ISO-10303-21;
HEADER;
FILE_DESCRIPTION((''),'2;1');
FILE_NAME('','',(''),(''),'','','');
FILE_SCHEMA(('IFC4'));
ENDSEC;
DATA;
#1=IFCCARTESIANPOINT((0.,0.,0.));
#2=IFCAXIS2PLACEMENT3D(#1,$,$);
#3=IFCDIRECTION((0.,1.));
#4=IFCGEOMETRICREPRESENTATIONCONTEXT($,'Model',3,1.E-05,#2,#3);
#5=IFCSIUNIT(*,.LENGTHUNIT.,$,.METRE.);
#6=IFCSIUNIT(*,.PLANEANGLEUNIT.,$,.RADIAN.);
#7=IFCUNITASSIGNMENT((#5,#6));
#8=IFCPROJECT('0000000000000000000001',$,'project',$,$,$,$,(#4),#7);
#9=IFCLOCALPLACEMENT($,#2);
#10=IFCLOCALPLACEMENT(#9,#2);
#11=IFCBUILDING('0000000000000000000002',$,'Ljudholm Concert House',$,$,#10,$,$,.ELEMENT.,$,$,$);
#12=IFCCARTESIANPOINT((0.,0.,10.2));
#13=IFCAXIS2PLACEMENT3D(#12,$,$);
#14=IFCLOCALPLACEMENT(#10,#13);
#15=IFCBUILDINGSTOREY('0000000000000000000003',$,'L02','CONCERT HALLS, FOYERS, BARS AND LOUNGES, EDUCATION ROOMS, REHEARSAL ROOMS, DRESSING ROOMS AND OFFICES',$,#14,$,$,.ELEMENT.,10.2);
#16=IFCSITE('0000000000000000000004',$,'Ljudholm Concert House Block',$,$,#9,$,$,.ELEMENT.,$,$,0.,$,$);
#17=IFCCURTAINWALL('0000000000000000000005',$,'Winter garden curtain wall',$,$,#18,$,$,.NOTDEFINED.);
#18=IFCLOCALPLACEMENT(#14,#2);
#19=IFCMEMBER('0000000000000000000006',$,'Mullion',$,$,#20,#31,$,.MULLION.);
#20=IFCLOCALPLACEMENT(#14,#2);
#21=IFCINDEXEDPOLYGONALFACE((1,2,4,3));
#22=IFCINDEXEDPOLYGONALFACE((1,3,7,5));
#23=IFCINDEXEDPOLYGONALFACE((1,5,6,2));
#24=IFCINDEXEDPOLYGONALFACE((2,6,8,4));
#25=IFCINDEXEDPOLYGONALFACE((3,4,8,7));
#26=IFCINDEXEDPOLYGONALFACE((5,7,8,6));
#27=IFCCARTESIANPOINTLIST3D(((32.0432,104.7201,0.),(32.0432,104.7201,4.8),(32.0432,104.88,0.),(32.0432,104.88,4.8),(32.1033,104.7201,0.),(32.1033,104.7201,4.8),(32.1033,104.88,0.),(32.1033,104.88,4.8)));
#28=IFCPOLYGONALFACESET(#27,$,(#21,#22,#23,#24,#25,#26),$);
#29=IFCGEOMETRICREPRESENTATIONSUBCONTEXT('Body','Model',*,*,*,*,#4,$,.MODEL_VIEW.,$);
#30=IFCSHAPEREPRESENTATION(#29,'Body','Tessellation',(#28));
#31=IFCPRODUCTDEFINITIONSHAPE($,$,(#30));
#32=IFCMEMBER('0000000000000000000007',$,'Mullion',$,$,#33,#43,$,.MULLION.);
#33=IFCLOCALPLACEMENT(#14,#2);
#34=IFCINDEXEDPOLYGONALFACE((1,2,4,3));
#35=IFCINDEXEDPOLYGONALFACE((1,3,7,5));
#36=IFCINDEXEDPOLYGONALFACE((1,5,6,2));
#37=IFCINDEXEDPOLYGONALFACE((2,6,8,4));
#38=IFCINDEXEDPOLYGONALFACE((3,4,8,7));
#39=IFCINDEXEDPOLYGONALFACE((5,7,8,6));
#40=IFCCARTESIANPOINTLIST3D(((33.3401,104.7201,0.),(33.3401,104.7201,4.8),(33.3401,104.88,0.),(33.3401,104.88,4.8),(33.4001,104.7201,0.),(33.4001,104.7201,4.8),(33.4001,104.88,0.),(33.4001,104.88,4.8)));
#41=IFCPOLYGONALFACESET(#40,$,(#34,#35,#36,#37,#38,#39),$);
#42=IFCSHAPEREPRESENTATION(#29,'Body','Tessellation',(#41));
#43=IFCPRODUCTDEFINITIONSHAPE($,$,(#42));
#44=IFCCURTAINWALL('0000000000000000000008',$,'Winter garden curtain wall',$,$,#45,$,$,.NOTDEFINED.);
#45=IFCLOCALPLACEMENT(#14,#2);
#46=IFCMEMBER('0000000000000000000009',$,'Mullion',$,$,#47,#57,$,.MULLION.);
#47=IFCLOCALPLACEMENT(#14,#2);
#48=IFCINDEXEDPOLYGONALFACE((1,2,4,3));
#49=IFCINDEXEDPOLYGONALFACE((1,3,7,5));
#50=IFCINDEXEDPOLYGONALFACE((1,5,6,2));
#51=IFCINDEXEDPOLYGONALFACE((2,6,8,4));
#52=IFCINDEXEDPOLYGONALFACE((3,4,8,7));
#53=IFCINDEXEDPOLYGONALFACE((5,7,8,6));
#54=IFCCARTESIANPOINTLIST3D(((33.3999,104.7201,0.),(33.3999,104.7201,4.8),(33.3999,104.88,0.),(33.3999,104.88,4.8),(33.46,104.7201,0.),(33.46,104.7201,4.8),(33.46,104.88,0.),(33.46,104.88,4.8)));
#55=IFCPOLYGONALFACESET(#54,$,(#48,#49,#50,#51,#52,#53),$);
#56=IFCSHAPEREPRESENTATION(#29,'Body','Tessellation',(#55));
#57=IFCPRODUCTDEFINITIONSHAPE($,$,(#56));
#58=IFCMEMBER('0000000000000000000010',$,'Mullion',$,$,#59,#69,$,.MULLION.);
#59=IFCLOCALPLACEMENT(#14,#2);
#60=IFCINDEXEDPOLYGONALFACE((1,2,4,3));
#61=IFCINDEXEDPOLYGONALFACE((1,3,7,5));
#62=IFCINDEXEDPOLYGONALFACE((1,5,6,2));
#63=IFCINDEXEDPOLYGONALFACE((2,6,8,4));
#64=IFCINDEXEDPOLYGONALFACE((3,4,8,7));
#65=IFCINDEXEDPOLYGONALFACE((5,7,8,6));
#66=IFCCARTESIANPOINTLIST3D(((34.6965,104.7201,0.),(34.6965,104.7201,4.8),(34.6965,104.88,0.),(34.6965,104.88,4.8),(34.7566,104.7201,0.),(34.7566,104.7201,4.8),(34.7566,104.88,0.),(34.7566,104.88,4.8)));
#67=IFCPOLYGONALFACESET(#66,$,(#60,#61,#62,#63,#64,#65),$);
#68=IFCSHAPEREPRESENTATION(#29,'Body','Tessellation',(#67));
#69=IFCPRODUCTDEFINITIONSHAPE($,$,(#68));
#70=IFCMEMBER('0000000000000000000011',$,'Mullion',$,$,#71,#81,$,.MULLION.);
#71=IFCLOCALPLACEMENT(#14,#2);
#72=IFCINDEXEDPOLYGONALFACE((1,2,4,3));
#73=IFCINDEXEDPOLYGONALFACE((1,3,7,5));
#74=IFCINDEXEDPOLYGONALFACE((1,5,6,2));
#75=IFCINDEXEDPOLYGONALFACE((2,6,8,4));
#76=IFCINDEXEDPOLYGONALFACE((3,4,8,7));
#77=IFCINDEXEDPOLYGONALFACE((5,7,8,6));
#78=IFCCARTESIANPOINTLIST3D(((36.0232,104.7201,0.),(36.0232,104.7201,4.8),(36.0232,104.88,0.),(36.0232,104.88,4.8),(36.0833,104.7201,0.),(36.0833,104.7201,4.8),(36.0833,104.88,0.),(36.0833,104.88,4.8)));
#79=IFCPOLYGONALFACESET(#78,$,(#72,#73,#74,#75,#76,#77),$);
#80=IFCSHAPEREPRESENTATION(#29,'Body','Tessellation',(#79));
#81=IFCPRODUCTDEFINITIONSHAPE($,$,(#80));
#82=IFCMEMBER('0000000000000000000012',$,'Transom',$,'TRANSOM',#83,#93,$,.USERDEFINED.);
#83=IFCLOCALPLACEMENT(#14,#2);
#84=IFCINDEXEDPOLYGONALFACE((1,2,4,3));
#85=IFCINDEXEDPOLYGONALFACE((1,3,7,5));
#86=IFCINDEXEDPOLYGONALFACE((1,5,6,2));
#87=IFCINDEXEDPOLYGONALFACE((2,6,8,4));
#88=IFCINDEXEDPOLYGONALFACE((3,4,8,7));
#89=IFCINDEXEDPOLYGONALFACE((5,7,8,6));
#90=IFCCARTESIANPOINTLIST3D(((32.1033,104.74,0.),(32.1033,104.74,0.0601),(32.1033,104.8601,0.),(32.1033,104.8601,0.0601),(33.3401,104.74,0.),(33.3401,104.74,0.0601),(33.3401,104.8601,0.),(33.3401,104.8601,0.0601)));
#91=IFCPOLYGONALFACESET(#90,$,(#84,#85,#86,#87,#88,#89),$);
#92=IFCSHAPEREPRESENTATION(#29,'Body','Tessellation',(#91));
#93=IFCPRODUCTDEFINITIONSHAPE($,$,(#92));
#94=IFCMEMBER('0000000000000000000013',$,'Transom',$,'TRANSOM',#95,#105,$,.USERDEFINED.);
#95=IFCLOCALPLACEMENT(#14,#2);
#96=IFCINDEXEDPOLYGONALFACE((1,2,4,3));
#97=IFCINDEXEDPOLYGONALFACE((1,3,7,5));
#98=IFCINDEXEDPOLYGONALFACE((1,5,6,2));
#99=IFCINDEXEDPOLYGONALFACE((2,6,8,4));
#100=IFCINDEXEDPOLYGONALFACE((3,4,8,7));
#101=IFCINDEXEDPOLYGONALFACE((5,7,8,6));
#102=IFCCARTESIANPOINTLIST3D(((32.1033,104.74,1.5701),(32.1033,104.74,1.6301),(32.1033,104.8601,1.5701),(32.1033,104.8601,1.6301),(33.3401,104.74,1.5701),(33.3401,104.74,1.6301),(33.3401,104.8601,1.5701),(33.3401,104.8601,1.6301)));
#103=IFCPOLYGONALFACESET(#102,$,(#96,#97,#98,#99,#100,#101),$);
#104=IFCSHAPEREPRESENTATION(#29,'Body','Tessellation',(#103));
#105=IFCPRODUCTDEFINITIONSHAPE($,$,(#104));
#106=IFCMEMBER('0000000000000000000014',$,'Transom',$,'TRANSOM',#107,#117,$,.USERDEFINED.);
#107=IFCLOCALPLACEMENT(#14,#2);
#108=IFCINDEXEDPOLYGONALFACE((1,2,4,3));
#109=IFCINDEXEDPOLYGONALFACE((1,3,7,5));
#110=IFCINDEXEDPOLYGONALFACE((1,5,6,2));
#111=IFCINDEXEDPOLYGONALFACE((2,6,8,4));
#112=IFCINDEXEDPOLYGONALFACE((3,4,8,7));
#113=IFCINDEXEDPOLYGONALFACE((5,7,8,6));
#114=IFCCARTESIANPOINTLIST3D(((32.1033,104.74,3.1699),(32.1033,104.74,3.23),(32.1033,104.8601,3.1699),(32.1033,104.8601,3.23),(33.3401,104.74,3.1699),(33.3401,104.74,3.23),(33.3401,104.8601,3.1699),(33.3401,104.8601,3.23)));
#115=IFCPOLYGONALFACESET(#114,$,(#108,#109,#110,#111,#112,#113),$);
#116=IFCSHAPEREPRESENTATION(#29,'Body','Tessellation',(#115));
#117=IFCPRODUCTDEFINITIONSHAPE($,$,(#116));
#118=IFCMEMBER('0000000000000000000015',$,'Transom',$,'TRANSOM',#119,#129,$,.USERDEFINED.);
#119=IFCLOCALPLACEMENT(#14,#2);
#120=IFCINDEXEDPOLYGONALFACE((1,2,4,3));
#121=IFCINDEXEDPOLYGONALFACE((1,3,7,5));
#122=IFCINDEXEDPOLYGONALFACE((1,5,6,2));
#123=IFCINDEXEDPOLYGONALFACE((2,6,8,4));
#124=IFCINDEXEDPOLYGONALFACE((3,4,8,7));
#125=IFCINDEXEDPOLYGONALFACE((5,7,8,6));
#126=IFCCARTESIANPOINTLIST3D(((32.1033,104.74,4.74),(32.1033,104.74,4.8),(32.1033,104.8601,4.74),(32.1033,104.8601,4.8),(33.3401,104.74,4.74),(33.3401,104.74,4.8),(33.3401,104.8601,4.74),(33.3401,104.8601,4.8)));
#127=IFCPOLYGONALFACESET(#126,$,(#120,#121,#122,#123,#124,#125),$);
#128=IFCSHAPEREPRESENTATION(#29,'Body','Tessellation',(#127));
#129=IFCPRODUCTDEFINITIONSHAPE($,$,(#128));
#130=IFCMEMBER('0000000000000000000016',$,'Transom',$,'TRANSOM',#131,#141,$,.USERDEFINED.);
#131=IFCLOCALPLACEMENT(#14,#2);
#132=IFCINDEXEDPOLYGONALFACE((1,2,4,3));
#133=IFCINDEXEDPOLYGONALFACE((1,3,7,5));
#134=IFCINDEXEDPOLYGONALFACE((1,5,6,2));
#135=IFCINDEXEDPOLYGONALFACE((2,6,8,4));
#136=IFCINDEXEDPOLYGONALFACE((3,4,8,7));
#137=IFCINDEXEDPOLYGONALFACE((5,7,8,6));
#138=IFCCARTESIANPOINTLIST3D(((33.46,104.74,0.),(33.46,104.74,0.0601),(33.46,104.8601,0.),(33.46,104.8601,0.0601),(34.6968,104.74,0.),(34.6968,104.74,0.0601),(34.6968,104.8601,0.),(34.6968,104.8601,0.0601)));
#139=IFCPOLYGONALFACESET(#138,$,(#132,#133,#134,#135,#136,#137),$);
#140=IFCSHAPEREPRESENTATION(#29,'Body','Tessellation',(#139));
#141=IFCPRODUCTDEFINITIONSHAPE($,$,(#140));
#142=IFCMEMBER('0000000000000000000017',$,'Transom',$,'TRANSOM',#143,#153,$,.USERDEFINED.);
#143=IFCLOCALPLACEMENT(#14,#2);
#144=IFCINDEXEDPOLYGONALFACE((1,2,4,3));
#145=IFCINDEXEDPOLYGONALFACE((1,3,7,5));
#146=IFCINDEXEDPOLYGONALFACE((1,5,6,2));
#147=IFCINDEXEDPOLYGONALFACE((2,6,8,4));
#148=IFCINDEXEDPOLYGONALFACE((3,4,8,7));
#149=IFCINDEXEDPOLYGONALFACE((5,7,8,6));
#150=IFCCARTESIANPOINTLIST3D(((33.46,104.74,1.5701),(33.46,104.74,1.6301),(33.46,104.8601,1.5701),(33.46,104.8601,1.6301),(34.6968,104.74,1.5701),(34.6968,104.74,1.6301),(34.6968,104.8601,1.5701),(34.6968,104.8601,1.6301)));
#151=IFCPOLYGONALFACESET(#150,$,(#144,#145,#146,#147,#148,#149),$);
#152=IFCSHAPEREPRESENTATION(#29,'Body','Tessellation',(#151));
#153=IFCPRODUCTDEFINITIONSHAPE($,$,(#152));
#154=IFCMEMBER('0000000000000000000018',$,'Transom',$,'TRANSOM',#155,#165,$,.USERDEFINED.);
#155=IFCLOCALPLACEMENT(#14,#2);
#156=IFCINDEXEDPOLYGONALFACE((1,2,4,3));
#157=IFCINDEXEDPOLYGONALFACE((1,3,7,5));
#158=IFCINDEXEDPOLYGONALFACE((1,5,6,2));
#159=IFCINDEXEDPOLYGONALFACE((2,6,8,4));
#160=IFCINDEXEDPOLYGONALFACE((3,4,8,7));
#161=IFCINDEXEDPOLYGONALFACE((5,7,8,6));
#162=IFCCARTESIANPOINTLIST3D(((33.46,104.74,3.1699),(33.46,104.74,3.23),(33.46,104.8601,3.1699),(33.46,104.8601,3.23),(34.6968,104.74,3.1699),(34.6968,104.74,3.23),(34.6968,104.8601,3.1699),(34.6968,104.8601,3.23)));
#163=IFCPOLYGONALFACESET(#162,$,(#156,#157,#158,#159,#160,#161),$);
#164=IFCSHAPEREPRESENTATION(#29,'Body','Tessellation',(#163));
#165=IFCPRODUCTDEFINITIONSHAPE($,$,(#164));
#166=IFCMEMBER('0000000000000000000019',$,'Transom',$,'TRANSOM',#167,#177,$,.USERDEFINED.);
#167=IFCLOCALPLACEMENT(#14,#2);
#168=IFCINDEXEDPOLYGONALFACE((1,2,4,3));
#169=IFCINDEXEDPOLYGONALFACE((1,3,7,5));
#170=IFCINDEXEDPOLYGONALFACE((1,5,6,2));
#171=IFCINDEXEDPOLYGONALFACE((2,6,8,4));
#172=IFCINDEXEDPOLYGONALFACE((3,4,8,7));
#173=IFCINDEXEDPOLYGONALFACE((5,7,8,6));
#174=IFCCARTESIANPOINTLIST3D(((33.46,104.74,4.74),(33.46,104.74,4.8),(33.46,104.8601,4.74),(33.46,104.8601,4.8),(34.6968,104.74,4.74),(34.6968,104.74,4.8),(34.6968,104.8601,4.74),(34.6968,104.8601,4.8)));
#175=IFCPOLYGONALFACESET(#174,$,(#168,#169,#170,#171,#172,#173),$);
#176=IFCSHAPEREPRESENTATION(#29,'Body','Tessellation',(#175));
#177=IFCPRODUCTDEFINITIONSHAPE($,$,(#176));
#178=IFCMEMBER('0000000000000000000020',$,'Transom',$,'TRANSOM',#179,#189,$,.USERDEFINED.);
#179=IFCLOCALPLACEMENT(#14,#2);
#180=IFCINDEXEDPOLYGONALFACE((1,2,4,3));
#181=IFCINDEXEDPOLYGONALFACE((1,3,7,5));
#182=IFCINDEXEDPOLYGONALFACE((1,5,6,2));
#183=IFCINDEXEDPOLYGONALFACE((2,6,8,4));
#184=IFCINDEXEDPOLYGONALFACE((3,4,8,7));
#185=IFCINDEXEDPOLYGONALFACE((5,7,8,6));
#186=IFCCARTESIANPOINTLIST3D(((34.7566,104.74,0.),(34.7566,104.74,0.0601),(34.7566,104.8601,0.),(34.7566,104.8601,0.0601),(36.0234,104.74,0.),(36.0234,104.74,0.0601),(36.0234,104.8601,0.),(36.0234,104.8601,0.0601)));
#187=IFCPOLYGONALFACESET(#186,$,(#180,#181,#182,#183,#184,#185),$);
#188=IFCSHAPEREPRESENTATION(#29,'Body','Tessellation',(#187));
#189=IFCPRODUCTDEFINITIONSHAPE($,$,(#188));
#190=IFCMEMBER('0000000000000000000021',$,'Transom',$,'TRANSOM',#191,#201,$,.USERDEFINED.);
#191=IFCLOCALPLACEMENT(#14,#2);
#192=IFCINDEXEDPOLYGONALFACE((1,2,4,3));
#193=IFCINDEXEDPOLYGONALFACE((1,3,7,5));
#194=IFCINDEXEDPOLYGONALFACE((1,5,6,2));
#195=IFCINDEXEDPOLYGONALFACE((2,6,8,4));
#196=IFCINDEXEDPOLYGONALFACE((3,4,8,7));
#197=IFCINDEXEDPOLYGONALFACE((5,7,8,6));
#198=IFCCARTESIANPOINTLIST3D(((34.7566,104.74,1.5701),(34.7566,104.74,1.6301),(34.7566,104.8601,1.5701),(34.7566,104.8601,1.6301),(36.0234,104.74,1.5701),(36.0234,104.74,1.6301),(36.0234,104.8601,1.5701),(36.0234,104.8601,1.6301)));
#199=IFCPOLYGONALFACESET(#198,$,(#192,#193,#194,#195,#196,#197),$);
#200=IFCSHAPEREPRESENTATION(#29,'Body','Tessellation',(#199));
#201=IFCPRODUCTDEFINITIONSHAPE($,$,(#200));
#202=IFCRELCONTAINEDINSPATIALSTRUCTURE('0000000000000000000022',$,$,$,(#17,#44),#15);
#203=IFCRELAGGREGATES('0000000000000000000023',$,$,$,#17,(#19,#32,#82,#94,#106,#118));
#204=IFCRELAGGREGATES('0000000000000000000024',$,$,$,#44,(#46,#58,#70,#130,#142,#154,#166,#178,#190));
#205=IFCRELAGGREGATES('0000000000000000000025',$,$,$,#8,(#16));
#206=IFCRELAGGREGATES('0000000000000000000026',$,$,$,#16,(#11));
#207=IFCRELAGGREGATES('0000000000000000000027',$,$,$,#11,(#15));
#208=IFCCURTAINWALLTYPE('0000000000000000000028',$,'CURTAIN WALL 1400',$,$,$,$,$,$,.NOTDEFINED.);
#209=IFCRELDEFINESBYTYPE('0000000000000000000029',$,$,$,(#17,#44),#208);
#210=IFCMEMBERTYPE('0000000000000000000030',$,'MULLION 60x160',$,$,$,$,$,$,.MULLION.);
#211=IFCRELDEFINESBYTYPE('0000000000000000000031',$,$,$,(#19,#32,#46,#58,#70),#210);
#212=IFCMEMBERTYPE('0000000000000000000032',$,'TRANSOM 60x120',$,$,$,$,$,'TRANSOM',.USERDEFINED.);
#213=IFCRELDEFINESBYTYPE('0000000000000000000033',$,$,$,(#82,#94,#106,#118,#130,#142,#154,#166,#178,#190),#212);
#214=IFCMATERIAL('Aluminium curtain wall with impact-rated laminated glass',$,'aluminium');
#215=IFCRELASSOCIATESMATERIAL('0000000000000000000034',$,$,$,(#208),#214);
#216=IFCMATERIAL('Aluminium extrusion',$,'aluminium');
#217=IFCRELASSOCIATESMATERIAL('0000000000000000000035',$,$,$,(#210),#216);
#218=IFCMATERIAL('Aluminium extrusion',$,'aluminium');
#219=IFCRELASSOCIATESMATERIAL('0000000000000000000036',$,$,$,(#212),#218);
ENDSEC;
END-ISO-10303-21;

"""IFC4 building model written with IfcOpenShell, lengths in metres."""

from ifc_helpers import new_model, si_unit, direction, frame, origin, origin_2d, place, context, subcontext, project, spatial, rectangle, extrude, material, material_profile, profile_set, type_object, element, aggregate, save


model = new_model("IFC4")

# Units and contexts
model_context = context("Model", 3, precision=1e-05, world=origin(), true_north=direction((0.0, 1.0)))
body_context = subcontext(model_context, "Body", "Model", "MODEL_VIEW")
ifc_project = project(units=[si_unit("LENGTHUNIT", "METRE"), si_unit("PLANEANGLEUNIT", "RADIAN")], contexts=[model_context])

# Site, building, storey
site_placement = place(None, origin())
site = spatial("IfcSite", under=ifc_project, at=site_placement, Name="Ljudholm Concert House Block", CompositionType="ELEMENT", RefElevation=0.0)
building_placement = place(site_placement, origin())
building = spatial("IfcBuilding", under=site, at=building_placement, Name="Ljudholm Concert House", CompositionType="ELEMENT")
storey_placement = place(building_placement, frame((0.0, 0.0, 10.2)))
storey = spatial("IfcBuildingStorey", under=building, at=storey_placement, Name="L02", Description="CONCERT HALLS, FOYERS, BARS AND LOUNGES, EDUCATION ROOMS, REHEARSAL ROOMS, DRESSING ROOMS AND OFFICES", CompositionType="ELEMENT", Elevation=10.2)

# Curtain walls, members
ifc_material_1 = material(Name="Aluminium curtain wall with impact-rated laminated glass", Category="aluminium")
curtain_wall_type = type_object("IfcCurtainWallType", Name="CURTAIN WALL 1400", PredefinedType="NOTDEFINED", material=ifc_material_1)
curtain_wall_1_placement = place(storey_placement, origin())
curtain_wall_1 = element("IfcCurtainWall", 1, at=curtain_wall_1_placement, inside=storey, type_object=curtain_wall_type, Name="Winter garden curtain wall", PredefinedType="NOTDEFINED")
ifc_material_2 = material(Name="Aluminium extrusion", Category="aluminium")
ifc_material_profile_1 = material_profile(ifc_material_2, rectangle(XDim=0.1599, YDim=0.0601, at=origin_2d()), Name="MULLION 60x160")
ifc_profile_set_1 = profile_set([ifc_material_profile_1], Name="Aluminium extrusion")
member_type_1 = type_object("IfcMemberType", Name="MULLION 60x160", PredefinedType="MULLION", material=ifc_profile_set_1)
member_1_placement = place(storey_placement, frame((32.0732, 104.8, 0.0), z_axis=(0.0, 0.0, 1.0), x_axis=(0.0, 1.0, 0.0)))
member_1 = element("IfcMember", 2, at=member_1_placement, type_object=member_type_1, Name="Mullion", PredefinedType="MULLION", context=body_context, shape_type="SweptSolid", body=[
    extrude(rectangle(XDim=0.1599, YDim=0.0601, at=origin_2d()), origin(), (0.0, 0.0, 1.0), 4.8),
])
member_2_placement = place(storey_placement, frame((33.3701, 104.8, 0.0), z_axis=(0.0, 0.0, 1.0), x_axis=(0.0, 1.0, 0.0)))
member_2 = element("IfcMember", 3, at=member_2_placement, type_object=member_type_1, Name="Mullion", PredefinedType="MULLION", context=body_context, shape_type="SweptSolid", body=[
    extrude(rectangle(XDim=0.1599, YDim=0.0601, at=origin_2d()), origin(), (0.0, 0.0, 1.0), 4.8),
])
curtain_wall_2_placement = place(storey_placement, origin())
curtain_wall_2 = element("IfcCurtainWall", 4, at=curtain_wall_2_placement, inside=storey, type_object=curtain_wall_type, Name="Winter garden curtain wall", PredefinedType="NOTDEFINED")
member_3_placement = place(storey_placement, frame((33.4299, 104.8, 0.0), z_axis=(0.0, 0.0, 1.0), x_axis=(0.0, 1.0, 0.0)))
member_3 = element("IfcMember", 5, at=member_3_placement, type_object=member_type_1, Name="Mullion", PredefinedType="MULLION", context=body_context, shape_type="SweptSolid", body=[
    extrude(rectangle(XDim=0.1599, YDim=0.0601, at=origin_2d()), origin(), (0.0, 0.0, 1.0), 4.8),
])
member_4_placement = place(storey_placement, frame((34.7266, 104.8, 0.0), z_axis=(0.0, 0.0, 1.0), x_axis=(0.0, 1.0, 0.0)))
member_4 = element("IfcMember", 6, at=member_4_placement, type_object=member_type_1, Name="Mullion", PredefinedType="MULLION", context=body_context, shape_type="SweptSolid", body=[
    extrude(rectangle(XDim=0.1599, YDim=0.0601, at=origin_2d()), origin(), (0.0, 0.0, 1.0), 4.8),
])
member_5_placement = place(storey_placement, frame((36.0532, 104.8, 0.0), z_axis=(0.0, 0.0, 1.0), x_axis=(0.0, 1.0, 0.0)))
member_5 = element("IfcMember", 7, at=member_5_placement, type_object=member_type_1, Name="Mullion", PredefinedType="MULLION", context=body_context, shape_type="SweptSolid", body=[
    extrude(rectangle(XDim=0.1599, YDim=0.0601, at=origin_2d()), origin(), (0.0, 0.0, 1.0), 4.8),
])

# Members
ifc_material_3 = material(Name="Aluminium extrusion", Category="aluminium")
ifc_material_profile_2 = material_profile(ifc_material_3, rectangle(XDim=0.1201, YDim=0.0601, at=origin_2d()), Name="TRANSOM 60x120")
ifc_profile_set_2 = profile_set([ifc_material_profile_2], Name="Aluminium extrusion")
member_type_2 = type_object("IfcMemberType", Name="TRANSOM 60x120", ElementType="TRANSOM", PredefinedType="USERDEFINED", material=ifc_profile_set_2)
member_6_placement = place(storey_placement, frame((32.1033, 104.8, 0.03), z_axis=(1.0, 0.0, 0.0), x_axis=(0.0, 1.0, 0.0)))
member_6 = element("IfcMember", 8, at=member_6_placement, type_object=member_type_2, Name="Transom", ObjectType="TRANSOM", PredefinedType="USERDEFINED", context=body_context, shape_type="SweptSolid", body=[
    extrude(rectangle(XDim=0.1201, YDim=0.0601, at=origin_2d()), origin(), (0.0, 0.0, 1.0), 1.2368),
])
member_7_placement = place(storey_placement, frame((32.1033, 104.8, 1.6001), z_axis=(1.0, 0.0, 0.0), x_axis=(0.0, 1.0, 0.0)))
member_7 = element("IfcMember", 9, at=member_7_placement, type_object=member_type_2, Name="Transom", ObjectType="TRANSOM", PredefinedType="USERDEFINED", context=body_context, shape_type="SweptSolid", body=[
    extrude(rectangle(XDim=0.1201, YDim=0.0601, at=origin_2d()), origin(), (0.0, 0.0, 1.0), 1.2368),
])
member_8_placement = place(storey_placement, frame((32.1033, 104.8, 3.2), z_axis=(1.0, 0.0, 0.0), x_axis=(0.0, 1.0, 0.0)))
member_8 = element("IfcMember", 10, at=member_8_placement, type_object=member_type_2, Name="Transom", ObjectType="TRANSOM", PredefinedType="USERDEFINED", context=body_context, shape_type="SweptSolid", body=[
    extrude(rectangle(XDim=0.1201, YDim=0.0601, at=origin_2d()), origin(), (0.0, 0.0, 1.0), 1.2368),
])
member_9_placement = place(storey_placement, frame((32.1033, 104.8, 4.77), z_axis=(1.0, 0.0, 0.0), x_axis=(0.0, 1.0, 0.0)))
member_9 = element("IfcMember", 11, at=member_9_placement, type_object=member_type_2, Name="Transom", ObjectType="TRANSOM", PredefinedType="USERDEFINED", context=body_context, shape_type="SweptSolid", body=[
    extrude(rectangle(XDim=0.1201, YDim=0.0601, at=origin_2d()), origin(), (0.0, 0.0, 1.0), 1.2368),
])
member_10_placement = place(storey_placement, frame((33.46, 104.8, 0.03), z_axis=(1.0, 0.0, 0.0), x_axis=(0.0, 1.0, 0.0)))
member_10 = element("IfcMember", 12, at=member_10_placement, type_object=member_type_2, Name="Transom", ObjectType="TRANSOM", PredefinedType="USERDEFINED", context=body_context, shape_type="SweptSolid", body=[
    extrude(rectangle(XDim=0.1201, YDim=0.0601, at=origin_2d()), origin(), (0.0, 0.0, 1.0), 1.2368),
])
member_11_placement = place(storey_placement, frame((33.46, 104.8, 1.6001), z_axis=(1.0, 0.0, 0.0), x_axis=(0.0, 1.0, 0.0)))
member_11 = element("IfcMember", 13, at=member_11_placement, type_object=member_type_2, Name="Transom", ObjectType="TRANSOM", PredefinedType="USERDEFINED", context=body_context, shape_type="SweptSolid", body=[
    extrude(rectangle(XDim=0.1201, YDim=0.0601, at=origin_2d()), origin(), (0.0, 0.0, 1.0), 1.2368),
])
member_12_placement = place(storey_placement, frame((33.46, 104.8, 3.2), z_axis=(1.0, 0.0, 0.0), x_axis=(0.0, 1.0, 0.0)))
member_12 = element("IfcMember", 14, at=member_12_placement, type_object=member_type_2, Name="Transom", ObjectType="TRANSOM", PredefinedType="USERDEFINED", context=body_context, shape_type="SweptSolid", body=[
    extrude(rectangle(XDim=0.1201, YDim=0.0601, at=origin_2d()), origin(), (0.0, 0.0, 1.0), 1.2368),
])
member_13_placement = place(storey_placement, frame((33.46, 104.8, 4.77), z_axis=(1.0, 0.0, 0.0), x_axis=(0.0, 1.0, 0.0)))
member_13 = element("IfcMember", 15, at=member_13_placement, type_object=member_type_2, Name="Transom", ObjectType="TRANSOM", PredefinedType="USERDEFINED", context=body_context, shape_type="SweptSolid", body=[
    extrude(rectangle(XDim=0.1201, YDim=0.0601, at=origin_2d()), origin(), (0.0, 0.0, 1.0), 1.2368),
])
member_14_placement = place(storey_placement, frame((34.7566, 104.8, 0.03), z_axis=(1.0, 0.0, 0.0), x_axis=(0.0, 1.0, 0.0)))
member_14 = element("IfcMember", 16, at=member_14_placement, type_object=member_type_2, Name="Transom", ObjectType="TRANSOM", PredefinedType="USERDEFINED", context=body_context, shape_type="SweptSolid", body=[
    extrude(rectangle(XDim=0.1201, YDim=0.0601, at=origin_2d()), origin(), (0.0, 0.0, 1.0), 1.2668),
])
member_15_placement = place(storey_placement, frame((34.7566, 104.8, 1.6001), z_axis=(1.0, 0.0, 0.0), x_axis=(0.0, 1.0, 0.0)))
member_15 = element("IfcMember", 17, at=member_15_placement, type_object=member_type_2, Name="Transom", ObjectType="TRANSOM", PredefinedType="USERDEFINED", context=body_context, shape_type="SweptSolid", body=[
    extrude(rectangle(XDim=0.1201, YDim=0.0601, at=origin_2d()), origin(), (0.0, 0.0, 1.0), 1.2668),
])

aggregate(curtain_wall_1, [member_1, member_2, member_6, member_7, member_8, member_9])
aggregate(curtain_wall_2, [member_3, member_4, member_5, member_10, member_11, member_12, member_13, member_14, member_15])

save(model, "model.ifc")
